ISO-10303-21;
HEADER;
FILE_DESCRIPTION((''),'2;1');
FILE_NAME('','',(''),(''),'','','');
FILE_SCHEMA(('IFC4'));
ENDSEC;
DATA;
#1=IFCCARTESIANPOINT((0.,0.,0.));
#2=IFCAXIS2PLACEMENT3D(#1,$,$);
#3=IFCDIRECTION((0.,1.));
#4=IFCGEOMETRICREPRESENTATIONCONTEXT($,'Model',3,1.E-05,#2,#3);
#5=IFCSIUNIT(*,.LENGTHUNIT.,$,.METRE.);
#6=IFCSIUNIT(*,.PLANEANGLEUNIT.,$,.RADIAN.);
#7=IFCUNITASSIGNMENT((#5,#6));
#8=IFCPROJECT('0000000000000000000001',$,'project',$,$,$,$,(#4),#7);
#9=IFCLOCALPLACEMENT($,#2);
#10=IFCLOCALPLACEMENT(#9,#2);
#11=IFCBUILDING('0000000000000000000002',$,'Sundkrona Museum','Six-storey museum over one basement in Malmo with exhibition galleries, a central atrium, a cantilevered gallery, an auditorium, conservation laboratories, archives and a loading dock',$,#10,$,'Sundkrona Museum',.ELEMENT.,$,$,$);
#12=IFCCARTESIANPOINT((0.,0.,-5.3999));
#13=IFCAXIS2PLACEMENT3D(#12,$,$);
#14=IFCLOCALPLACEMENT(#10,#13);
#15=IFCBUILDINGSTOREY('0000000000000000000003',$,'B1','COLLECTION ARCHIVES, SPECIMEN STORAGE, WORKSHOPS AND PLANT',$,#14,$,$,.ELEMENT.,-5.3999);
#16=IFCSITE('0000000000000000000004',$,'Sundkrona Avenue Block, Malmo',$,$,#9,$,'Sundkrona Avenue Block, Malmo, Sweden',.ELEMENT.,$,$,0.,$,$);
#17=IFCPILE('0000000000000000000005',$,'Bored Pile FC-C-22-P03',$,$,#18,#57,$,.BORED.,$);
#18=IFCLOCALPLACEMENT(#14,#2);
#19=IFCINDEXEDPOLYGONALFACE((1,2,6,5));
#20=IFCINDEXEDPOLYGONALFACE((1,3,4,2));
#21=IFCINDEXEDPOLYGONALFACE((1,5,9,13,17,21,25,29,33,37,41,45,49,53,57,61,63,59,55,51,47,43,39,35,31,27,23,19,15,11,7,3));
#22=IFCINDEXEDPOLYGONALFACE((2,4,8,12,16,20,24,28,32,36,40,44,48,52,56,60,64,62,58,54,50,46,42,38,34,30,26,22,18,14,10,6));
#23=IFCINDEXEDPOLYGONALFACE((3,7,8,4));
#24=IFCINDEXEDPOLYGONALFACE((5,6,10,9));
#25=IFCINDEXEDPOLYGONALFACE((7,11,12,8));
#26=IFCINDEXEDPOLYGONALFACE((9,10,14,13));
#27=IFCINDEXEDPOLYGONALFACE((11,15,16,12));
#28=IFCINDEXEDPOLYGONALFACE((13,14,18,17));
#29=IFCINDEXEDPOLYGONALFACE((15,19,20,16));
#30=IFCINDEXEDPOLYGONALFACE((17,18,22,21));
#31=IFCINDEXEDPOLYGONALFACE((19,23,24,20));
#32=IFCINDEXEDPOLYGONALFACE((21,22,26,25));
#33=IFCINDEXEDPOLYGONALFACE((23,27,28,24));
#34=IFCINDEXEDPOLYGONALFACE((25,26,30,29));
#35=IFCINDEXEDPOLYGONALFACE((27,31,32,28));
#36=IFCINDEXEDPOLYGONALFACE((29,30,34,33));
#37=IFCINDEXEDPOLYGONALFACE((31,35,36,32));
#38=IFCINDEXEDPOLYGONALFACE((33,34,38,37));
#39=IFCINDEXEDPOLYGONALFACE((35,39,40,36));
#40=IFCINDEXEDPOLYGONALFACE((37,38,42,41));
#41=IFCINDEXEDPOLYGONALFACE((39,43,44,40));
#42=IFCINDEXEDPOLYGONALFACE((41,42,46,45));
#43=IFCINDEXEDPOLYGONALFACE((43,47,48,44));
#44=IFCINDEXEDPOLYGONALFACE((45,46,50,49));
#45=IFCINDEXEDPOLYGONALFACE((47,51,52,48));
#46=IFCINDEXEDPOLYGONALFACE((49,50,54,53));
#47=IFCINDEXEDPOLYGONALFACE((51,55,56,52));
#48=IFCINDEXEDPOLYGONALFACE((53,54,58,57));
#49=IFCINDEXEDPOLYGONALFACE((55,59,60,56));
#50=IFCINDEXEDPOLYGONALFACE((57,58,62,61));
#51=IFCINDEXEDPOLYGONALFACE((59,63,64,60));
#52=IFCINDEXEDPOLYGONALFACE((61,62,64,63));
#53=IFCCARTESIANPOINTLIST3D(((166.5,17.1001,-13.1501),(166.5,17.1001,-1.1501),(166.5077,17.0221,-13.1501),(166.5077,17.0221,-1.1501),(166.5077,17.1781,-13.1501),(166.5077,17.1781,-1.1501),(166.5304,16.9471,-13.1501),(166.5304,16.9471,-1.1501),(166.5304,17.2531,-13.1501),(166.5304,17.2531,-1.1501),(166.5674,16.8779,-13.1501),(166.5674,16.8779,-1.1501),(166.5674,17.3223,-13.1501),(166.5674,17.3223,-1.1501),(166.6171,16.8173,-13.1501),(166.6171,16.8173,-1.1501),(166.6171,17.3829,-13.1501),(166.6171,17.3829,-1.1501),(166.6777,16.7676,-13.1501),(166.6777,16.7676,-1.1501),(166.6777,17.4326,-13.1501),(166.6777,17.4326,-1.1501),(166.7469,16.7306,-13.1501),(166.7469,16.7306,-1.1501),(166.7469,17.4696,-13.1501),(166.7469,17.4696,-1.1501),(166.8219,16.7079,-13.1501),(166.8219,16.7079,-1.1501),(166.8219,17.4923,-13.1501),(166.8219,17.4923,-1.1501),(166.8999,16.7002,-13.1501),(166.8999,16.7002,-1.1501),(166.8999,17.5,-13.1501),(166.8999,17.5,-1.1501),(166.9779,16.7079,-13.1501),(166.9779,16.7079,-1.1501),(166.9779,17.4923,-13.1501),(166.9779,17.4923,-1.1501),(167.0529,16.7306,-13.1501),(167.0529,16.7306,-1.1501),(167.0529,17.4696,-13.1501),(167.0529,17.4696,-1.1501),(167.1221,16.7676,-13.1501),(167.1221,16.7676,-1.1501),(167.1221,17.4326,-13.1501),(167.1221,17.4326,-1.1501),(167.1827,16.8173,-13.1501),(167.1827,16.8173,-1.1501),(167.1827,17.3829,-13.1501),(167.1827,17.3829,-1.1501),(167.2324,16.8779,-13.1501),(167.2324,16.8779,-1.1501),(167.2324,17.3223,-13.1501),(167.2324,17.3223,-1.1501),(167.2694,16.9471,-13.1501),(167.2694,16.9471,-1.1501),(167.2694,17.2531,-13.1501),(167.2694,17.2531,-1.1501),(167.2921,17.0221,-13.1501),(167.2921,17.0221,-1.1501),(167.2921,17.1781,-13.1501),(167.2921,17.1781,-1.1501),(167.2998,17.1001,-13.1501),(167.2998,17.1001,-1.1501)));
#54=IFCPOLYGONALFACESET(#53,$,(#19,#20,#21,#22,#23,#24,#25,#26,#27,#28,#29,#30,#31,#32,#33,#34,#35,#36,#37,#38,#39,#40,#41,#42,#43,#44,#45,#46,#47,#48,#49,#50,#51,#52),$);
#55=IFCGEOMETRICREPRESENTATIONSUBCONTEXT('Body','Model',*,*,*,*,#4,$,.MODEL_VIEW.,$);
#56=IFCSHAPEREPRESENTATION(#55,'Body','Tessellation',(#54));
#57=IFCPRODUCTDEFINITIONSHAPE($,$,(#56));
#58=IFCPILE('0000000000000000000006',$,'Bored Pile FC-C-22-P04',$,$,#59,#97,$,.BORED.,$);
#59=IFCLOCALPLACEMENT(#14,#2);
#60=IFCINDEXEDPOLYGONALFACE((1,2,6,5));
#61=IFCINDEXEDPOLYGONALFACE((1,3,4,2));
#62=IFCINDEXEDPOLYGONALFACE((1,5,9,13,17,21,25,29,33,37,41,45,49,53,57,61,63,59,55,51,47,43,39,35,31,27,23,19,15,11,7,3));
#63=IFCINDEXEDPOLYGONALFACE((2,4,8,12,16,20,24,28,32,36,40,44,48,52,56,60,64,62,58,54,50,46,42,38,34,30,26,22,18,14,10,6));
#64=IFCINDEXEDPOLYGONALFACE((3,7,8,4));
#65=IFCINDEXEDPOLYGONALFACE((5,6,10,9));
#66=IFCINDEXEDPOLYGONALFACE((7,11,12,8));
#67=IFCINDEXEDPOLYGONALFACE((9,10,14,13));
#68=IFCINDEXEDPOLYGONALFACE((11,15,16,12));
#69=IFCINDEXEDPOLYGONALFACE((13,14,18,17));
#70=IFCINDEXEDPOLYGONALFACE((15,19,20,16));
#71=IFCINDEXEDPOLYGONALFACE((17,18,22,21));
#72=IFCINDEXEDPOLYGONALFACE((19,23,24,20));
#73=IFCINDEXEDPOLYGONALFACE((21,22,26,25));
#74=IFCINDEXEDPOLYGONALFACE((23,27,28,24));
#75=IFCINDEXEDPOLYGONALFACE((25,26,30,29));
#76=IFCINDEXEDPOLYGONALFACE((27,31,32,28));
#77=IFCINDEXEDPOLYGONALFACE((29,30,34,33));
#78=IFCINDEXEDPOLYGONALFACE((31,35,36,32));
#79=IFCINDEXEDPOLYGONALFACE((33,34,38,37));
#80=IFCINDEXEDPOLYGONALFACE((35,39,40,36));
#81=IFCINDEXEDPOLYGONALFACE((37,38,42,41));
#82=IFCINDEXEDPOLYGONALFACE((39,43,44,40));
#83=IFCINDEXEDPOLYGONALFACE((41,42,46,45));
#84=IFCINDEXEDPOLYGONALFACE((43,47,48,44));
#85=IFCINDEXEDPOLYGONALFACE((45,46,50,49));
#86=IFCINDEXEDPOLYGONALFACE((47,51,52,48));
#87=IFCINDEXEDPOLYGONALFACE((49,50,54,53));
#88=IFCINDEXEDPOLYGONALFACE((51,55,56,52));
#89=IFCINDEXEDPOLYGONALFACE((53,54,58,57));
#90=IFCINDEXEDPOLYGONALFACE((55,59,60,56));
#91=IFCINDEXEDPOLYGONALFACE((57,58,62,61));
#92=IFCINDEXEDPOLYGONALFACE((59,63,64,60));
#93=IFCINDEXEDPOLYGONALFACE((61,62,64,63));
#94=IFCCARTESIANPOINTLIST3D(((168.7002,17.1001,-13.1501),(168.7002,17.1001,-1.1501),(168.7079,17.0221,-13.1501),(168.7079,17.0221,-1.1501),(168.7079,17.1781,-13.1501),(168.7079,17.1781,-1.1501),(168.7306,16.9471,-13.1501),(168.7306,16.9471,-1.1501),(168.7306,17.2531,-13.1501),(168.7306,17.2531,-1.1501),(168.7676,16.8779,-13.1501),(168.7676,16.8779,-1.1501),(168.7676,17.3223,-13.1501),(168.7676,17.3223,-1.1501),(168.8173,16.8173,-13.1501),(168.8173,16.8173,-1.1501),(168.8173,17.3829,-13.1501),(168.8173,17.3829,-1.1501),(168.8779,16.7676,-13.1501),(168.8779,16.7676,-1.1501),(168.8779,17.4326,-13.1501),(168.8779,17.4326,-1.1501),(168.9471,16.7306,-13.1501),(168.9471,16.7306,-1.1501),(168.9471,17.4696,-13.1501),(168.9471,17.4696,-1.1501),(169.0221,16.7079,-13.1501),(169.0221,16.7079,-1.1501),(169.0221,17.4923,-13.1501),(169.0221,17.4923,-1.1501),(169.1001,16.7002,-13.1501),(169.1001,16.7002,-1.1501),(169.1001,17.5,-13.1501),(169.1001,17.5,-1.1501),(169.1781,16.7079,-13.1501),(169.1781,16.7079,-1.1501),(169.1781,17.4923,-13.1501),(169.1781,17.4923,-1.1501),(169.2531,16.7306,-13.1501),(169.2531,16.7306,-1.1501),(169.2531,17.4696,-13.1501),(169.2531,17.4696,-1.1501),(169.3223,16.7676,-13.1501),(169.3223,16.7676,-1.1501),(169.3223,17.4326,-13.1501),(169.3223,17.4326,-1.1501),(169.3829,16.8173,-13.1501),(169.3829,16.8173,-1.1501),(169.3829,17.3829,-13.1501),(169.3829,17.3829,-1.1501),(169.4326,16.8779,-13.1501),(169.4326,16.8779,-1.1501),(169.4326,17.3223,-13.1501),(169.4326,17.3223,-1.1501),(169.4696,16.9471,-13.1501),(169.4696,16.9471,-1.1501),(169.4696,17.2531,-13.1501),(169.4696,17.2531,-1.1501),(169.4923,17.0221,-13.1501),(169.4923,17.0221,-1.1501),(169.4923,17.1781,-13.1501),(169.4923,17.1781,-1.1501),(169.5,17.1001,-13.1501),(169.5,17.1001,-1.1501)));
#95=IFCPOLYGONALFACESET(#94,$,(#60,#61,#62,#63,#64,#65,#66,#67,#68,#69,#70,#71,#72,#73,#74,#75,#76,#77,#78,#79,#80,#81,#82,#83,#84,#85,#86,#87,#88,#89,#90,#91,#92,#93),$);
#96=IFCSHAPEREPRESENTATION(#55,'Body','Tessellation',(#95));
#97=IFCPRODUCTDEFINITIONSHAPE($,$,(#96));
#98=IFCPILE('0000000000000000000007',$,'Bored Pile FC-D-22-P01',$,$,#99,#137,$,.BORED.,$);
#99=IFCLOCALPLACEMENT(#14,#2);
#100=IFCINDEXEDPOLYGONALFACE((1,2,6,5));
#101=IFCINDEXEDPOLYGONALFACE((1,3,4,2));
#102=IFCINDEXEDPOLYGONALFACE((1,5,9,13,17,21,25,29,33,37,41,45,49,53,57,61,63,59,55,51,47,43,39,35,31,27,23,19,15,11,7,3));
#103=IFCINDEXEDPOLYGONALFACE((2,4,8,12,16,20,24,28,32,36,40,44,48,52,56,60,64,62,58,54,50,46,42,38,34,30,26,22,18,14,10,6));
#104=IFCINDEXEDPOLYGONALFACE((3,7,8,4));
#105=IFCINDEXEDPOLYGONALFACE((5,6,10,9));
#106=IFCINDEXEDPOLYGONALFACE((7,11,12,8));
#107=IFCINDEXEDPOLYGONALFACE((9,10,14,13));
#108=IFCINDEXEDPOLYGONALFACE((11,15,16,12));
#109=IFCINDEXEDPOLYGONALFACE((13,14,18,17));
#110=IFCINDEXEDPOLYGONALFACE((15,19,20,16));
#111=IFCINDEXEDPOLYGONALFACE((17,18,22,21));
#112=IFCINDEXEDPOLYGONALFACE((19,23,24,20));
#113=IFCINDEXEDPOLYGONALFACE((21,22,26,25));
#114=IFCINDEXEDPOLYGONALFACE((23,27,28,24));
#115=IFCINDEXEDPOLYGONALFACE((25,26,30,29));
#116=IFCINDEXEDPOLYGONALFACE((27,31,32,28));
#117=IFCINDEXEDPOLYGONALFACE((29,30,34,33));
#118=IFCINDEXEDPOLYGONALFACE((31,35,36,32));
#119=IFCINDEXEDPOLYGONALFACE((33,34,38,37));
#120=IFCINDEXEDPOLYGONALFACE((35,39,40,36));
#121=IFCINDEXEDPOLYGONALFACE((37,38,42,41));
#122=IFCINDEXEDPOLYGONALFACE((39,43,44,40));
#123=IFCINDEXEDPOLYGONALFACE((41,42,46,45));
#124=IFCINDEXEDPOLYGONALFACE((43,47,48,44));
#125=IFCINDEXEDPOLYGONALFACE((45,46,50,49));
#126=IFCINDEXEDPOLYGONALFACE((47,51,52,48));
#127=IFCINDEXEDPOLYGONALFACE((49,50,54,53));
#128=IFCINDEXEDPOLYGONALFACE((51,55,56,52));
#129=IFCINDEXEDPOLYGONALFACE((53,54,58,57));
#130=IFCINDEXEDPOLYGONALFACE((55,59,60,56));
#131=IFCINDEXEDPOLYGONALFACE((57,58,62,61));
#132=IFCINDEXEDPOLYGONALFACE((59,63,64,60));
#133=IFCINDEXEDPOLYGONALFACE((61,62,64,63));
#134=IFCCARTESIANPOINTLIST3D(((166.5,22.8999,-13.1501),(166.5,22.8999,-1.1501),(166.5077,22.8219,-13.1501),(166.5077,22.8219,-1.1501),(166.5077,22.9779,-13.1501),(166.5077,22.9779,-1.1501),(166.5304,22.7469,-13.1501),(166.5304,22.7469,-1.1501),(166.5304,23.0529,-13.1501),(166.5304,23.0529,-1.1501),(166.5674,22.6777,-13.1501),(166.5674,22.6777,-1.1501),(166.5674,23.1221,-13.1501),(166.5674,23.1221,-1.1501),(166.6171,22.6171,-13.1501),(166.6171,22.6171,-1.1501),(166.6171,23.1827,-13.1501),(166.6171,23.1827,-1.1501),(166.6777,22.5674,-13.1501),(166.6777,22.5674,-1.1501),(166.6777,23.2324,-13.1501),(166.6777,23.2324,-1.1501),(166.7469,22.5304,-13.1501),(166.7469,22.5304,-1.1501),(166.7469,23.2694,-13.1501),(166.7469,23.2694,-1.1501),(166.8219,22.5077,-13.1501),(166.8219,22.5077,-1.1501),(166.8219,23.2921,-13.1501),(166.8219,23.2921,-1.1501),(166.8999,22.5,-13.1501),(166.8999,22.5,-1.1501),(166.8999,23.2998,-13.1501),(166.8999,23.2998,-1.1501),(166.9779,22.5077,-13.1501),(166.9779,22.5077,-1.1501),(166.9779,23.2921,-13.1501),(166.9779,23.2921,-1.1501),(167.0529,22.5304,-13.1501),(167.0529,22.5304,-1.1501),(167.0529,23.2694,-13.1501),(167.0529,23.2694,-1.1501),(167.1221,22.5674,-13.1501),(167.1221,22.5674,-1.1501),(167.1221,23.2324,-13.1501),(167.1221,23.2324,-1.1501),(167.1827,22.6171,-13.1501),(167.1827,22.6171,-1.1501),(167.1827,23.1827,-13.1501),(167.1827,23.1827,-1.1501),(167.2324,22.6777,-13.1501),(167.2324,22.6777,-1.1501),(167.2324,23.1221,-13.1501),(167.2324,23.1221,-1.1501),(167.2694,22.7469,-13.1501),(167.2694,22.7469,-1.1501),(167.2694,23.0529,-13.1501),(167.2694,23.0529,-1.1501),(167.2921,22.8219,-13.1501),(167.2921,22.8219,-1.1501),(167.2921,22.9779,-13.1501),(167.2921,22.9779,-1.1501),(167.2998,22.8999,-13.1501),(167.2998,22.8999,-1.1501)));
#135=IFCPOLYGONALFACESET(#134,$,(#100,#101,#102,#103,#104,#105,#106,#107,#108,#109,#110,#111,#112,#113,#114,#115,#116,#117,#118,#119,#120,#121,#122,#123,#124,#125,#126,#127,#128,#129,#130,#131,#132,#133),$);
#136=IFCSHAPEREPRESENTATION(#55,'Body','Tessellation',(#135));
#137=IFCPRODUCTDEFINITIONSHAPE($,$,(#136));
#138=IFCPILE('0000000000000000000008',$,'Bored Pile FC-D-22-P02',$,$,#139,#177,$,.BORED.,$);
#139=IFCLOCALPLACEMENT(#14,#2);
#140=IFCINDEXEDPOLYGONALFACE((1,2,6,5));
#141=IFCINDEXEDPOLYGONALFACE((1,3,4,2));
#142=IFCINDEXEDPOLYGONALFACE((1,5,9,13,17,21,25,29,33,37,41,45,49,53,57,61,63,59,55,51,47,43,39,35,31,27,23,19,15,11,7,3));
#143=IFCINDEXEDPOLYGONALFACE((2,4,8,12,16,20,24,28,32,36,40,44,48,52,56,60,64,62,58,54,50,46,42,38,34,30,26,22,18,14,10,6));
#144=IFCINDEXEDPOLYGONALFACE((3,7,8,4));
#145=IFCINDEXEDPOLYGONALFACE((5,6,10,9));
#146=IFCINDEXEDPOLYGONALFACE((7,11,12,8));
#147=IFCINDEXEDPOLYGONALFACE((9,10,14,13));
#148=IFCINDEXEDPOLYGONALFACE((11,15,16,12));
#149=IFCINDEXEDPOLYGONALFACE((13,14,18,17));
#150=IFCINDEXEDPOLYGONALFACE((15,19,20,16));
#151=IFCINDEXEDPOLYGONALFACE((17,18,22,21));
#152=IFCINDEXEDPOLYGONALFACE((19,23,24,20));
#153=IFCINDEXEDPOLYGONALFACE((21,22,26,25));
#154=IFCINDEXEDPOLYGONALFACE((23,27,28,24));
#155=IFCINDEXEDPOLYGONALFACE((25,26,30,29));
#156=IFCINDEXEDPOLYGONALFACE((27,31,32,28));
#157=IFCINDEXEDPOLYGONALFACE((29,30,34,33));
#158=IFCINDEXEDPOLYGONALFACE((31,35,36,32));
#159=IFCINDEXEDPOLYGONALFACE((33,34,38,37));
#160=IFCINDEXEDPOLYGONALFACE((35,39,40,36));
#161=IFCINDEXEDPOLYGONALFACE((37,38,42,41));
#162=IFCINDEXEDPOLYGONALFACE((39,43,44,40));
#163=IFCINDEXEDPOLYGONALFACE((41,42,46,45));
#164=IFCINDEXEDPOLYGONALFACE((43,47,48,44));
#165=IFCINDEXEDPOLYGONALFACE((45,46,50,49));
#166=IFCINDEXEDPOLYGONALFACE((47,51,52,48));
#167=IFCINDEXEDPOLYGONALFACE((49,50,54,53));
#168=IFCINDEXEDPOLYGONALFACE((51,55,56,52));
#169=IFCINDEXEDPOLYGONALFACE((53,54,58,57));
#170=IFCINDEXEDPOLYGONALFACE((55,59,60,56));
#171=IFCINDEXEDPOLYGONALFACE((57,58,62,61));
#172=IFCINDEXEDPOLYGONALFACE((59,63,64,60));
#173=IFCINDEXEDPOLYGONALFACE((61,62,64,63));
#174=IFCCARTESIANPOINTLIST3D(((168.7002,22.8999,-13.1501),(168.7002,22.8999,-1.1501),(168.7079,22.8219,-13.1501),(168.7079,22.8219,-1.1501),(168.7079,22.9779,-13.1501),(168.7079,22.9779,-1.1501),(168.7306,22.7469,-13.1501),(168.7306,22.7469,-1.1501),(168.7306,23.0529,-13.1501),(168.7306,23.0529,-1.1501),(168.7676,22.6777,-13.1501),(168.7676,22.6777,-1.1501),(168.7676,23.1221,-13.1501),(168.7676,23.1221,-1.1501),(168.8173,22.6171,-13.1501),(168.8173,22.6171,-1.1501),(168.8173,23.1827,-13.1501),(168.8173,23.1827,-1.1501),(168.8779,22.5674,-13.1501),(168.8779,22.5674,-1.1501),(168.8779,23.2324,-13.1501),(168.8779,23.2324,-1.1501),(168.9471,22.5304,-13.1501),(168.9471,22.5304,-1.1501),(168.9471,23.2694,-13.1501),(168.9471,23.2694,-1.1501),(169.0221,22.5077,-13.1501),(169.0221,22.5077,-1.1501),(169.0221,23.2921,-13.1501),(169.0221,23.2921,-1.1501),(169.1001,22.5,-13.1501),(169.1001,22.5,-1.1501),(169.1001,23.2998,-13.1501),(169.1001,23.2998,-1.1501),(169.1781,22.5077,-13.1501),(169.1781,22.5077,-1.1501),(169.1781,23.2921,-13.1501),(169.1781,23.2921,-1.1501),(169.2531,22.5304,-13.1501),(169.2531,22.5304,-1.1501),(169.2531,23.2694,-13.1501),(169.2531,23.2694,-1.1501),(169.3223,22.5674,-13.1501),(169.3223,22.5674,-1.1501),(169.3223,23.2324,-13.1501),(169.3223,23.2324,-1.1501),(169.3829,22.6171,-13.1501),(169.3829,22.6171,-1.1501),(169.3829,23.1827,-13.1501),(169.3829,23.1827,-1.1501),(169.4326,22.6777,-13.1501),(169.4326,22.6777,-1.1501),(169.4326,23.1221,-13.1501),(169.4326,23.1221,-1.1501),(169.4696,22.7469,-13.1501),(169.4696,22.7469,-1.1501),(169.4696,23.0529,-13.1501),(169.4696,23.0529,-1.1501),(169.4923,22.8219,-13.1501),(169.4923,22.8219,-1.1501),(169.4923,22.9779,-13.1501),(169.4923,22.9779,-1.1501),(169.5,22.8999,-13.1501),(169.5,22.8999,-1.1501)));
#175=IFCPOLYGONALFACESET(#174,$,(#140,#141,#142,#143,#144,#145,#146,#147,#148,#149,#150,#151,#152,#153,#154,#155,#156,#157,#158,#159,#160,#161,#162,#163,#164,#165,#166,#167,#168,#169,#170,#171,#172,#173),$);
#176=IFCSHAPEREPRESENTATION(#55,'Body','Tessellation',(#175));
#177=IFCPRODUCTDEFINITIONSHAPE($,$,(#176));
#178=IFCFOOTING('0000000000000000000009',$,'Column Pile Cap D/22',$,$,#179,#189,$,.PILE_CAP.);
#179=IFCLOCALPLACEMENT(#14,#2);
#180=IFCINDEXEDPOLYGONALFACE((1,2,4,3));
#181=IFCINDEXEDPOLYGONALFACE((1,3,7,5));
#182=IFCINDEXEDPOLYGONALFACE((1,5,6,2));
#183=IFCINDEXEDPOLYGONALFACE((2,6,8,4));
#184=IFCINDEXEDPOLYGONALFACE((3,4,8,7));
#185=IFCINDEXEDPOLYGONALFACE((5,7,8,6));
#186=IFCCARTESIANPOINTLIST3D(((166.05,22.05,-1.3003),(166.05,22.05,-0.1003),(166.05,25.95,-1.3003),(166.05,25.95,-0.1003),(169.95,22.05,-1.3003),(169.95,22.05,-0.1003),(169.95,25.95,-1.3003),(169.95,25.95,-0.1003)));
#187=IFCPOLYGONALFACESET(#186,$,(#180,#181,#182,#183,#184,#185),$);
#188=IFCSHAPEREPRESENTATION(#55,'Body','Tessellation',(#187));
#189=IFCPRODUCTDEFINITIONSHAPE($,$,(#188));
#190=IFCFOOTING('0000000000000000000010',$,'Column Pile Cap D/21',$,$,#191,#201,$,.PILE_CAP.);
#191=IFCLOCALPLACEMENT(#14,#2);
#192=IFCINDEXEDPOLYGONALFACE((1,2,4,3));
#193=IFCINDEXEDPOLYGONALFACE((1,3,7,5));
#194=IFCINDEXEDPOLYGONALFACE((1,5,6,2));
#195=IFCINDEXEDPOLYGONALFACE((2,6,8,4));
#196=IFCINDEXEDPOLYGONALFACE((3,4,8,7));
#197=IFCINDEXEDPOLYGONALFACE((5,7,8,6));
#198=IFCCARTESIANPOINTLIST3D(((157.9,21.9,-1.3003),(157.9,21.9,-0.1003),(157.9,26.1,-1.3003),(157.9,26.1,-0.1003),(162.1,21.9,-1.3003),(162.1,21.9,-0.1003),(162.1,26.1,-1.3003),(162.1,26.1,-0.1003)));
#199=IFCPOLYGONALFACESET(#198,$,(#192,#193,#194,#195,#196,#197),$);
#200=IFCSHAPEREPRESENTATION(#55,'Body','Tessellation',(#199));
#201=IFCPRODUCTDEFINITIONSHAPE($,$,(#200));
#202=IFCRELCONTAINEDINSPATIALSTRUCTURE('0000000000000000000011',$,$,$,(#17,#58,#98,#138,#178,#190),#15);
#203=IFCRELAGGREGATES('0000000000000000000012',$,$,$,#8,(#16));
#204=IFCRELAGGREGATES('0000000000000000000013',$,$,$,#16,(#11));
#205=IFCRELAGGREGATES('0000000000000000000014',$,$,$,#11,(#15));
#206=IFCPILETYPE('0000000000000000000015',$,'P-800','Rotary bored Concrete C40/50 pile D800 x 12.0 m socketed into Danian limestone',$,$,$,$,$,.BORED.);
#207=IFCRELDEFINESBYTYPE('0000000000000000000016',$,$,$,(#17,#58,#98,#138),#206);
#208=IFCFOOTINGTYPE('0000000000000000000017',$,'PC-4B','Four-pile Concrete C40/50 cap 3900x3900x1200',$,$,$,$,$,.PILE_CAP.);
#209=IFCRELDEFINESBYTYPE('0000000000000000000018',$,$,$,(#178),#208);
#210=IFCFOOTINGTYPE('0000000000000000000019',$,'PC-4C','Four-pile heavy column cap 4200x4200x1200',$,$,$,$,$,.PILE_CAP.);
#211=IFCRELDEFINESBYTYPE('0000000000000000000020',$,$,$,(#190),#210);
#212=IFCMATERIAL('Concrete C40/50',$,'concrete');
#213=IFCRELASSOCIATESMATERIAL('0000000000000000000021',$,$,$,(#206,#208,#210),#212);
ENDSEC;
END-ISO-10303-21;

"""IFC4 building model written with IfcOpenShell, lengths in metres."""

from ifc_helpers import new_model, si_unit, direction, frame, origin, origin_2d, place, context, subcontext, project, spatial, rectangle, circle, extrude, material, material_profile, profile_set, type_object, element, save


model = new_model("IFC4")

# Units and contexts
model_context = context("Model", 3, precision=1e-05, world=origin(), true_north=direction((0.0, 1.0)))
body_context = subcontext(model_context, "Body", "Model", "MODEL_VIEW")
ifc_project = project(units=[si_unit("LENGTHUNIT", "METRE"), si_unit("PLANEANGLEUNIT", "RADIAN")], contexts=[model_context])

# Site, building, storey
site_placement = place(None, origin())
site = spatial("IfcSite", under=ifc_project, at=site_placement, Name="Sundkrona Avenue Block, Malmo", LongName="Sundkrona Avenue Block, Malmo, Sweden", CompositionType="ELEMENT", RefElevation=0.0)
building_placement = place(site_placement, origin())
building = spatial("IfcBuilding", under=site, at=building_placement, Name="Sundkrona Museum", Description="Six-storey museum over one basement in Malmo with exhibition galleries, a central atrium, a cantilevered gallery, an auditorium, conservation laboratories, archives and a loading dock", LongName="Sundkrona Museum", CompositionType="ELEMENT")
storey_placement = place(building_placement, frame((0.0, 0.0, -5.3999)))
storey = spatial("IfcBuildingStorey", under=building, at=storey_placement, Name="B1", Description="COLLECTION ARCHIVES, SPECIMEN STORAGE, WORKSHOPS AND PLANT", CompositionType="ELEMENT", Elevation=-5.3999)

# Shared definitions
ifc_material_1 = material(Name="Concrete C40/50", Category="concrete")

# Piles
ifc_material_profile_1 = material_profile(ifc_material_1, circle(Radius=0.3999, at=origin_2d()), Name="PILE D800")
ifc_profile_set_1 = profile_set([ifc_material_profile_1], Name="Concrete C40/50")
pile_type = type_object("IfcPileType", Name="P-800", Description="Rotary bored Concrete C40/50 pile D800 x 12.0 m socketed into Danian limestone", PredefinedType="BORED", material=ifc_profile_set_1)
for number, where, z_axis, x_axis, name in (
    (1, (166.8999, 17.1001, -1.1501), (0.0, 0.0, -1.0), (1.0, 0.0, 0.0), "Bored Pile FC-C-22-P03"),
    (2, (169.1001, 17.1001, -1.1501), (0.0, 0.0, -1.0), (1.0, 0.0, 0.0), "Bored Pile FC-C-22-P04"),
    (3, (166.8999, 22.8999, -1.1501), (0.0, 0.0, -1.0), (1.0, 0.0, 0.0), "Bored Pile FC-D-22-P01"),
    (4, (169.1001, 22.8999, -1.1501), (0.0, 0.0, -1.0), (1.0, 0.0, 0.0), "Bored Pile FC-D-22-P02"),
):
    element("IfcPile", number, at=place(storey_placement, frame(where, z_axis=z_axis, x_axis=x_axis)), inside=storey, type_object=pile_type, Name=name, PredefinedType="BORED", context=body_context, shape_type="SweptSolid", body=[
        extrude(circle(Radius=0.3999, at=origin_2d()), origin(), (0.0, 0.0, 1.0), 12.0),
    ])

# Footings
footing_type_1 = type_object("IfcFootingType", Name="PC-4B", Description="Four-pile Concrete C40/50 cap 3900x3900x1200", PredefinedType="PILE_CAP", material=ifc_material_1)
footing_1_placement = place(storey_placement, frame((168.0, 24.0, -1.3003), z_axis=(0.0, 0.0, 1.0), x_axis=(1.0, 0.0, 0.0)))
element("IfcFooting", 5, at=footing_1_placement, inside=storey, type_object=footing_type_1, Name="Column Pile Cap D/22", PredefinedType="PILE_CAP", context=body_context, shape_type="SweptSolid", body=[
    extrude(rectangle(XDim=3.8999, YDim=3.8999, at=origin_2d()), origin(), (0.0, 0.0, 1.0), 1.2),
])
footing_type_2 = type_object("IfcFootingType", Name="PC-4C", Description="Four-pile heavy column cap 4200x4200x1200", PredefinedType="PILE_CAP", material=ifc_material_1)
footing_2_placement = place(storey_placement, frame((160.0, 24.0, -1.3003), z_axis=(0.0, 0.0, 1.0), x_axis=(1.0, 0.0, 0.0)))
element("IfcFooting", 6, at=footing_2_placement, inside=storey, type_object=footing_type_2, Name="Column Pile Cap D/21", PredefinedType="PILE_CAP", context=body_context, shape_type="SweptSolid", body=[
    extrude(rectangle(XDim=4.2, YDim=4.2, at=origin_2d()), origin(), (0.0, 0.0, 1.0), 1.2),
])

save(model, "model.ifc")
